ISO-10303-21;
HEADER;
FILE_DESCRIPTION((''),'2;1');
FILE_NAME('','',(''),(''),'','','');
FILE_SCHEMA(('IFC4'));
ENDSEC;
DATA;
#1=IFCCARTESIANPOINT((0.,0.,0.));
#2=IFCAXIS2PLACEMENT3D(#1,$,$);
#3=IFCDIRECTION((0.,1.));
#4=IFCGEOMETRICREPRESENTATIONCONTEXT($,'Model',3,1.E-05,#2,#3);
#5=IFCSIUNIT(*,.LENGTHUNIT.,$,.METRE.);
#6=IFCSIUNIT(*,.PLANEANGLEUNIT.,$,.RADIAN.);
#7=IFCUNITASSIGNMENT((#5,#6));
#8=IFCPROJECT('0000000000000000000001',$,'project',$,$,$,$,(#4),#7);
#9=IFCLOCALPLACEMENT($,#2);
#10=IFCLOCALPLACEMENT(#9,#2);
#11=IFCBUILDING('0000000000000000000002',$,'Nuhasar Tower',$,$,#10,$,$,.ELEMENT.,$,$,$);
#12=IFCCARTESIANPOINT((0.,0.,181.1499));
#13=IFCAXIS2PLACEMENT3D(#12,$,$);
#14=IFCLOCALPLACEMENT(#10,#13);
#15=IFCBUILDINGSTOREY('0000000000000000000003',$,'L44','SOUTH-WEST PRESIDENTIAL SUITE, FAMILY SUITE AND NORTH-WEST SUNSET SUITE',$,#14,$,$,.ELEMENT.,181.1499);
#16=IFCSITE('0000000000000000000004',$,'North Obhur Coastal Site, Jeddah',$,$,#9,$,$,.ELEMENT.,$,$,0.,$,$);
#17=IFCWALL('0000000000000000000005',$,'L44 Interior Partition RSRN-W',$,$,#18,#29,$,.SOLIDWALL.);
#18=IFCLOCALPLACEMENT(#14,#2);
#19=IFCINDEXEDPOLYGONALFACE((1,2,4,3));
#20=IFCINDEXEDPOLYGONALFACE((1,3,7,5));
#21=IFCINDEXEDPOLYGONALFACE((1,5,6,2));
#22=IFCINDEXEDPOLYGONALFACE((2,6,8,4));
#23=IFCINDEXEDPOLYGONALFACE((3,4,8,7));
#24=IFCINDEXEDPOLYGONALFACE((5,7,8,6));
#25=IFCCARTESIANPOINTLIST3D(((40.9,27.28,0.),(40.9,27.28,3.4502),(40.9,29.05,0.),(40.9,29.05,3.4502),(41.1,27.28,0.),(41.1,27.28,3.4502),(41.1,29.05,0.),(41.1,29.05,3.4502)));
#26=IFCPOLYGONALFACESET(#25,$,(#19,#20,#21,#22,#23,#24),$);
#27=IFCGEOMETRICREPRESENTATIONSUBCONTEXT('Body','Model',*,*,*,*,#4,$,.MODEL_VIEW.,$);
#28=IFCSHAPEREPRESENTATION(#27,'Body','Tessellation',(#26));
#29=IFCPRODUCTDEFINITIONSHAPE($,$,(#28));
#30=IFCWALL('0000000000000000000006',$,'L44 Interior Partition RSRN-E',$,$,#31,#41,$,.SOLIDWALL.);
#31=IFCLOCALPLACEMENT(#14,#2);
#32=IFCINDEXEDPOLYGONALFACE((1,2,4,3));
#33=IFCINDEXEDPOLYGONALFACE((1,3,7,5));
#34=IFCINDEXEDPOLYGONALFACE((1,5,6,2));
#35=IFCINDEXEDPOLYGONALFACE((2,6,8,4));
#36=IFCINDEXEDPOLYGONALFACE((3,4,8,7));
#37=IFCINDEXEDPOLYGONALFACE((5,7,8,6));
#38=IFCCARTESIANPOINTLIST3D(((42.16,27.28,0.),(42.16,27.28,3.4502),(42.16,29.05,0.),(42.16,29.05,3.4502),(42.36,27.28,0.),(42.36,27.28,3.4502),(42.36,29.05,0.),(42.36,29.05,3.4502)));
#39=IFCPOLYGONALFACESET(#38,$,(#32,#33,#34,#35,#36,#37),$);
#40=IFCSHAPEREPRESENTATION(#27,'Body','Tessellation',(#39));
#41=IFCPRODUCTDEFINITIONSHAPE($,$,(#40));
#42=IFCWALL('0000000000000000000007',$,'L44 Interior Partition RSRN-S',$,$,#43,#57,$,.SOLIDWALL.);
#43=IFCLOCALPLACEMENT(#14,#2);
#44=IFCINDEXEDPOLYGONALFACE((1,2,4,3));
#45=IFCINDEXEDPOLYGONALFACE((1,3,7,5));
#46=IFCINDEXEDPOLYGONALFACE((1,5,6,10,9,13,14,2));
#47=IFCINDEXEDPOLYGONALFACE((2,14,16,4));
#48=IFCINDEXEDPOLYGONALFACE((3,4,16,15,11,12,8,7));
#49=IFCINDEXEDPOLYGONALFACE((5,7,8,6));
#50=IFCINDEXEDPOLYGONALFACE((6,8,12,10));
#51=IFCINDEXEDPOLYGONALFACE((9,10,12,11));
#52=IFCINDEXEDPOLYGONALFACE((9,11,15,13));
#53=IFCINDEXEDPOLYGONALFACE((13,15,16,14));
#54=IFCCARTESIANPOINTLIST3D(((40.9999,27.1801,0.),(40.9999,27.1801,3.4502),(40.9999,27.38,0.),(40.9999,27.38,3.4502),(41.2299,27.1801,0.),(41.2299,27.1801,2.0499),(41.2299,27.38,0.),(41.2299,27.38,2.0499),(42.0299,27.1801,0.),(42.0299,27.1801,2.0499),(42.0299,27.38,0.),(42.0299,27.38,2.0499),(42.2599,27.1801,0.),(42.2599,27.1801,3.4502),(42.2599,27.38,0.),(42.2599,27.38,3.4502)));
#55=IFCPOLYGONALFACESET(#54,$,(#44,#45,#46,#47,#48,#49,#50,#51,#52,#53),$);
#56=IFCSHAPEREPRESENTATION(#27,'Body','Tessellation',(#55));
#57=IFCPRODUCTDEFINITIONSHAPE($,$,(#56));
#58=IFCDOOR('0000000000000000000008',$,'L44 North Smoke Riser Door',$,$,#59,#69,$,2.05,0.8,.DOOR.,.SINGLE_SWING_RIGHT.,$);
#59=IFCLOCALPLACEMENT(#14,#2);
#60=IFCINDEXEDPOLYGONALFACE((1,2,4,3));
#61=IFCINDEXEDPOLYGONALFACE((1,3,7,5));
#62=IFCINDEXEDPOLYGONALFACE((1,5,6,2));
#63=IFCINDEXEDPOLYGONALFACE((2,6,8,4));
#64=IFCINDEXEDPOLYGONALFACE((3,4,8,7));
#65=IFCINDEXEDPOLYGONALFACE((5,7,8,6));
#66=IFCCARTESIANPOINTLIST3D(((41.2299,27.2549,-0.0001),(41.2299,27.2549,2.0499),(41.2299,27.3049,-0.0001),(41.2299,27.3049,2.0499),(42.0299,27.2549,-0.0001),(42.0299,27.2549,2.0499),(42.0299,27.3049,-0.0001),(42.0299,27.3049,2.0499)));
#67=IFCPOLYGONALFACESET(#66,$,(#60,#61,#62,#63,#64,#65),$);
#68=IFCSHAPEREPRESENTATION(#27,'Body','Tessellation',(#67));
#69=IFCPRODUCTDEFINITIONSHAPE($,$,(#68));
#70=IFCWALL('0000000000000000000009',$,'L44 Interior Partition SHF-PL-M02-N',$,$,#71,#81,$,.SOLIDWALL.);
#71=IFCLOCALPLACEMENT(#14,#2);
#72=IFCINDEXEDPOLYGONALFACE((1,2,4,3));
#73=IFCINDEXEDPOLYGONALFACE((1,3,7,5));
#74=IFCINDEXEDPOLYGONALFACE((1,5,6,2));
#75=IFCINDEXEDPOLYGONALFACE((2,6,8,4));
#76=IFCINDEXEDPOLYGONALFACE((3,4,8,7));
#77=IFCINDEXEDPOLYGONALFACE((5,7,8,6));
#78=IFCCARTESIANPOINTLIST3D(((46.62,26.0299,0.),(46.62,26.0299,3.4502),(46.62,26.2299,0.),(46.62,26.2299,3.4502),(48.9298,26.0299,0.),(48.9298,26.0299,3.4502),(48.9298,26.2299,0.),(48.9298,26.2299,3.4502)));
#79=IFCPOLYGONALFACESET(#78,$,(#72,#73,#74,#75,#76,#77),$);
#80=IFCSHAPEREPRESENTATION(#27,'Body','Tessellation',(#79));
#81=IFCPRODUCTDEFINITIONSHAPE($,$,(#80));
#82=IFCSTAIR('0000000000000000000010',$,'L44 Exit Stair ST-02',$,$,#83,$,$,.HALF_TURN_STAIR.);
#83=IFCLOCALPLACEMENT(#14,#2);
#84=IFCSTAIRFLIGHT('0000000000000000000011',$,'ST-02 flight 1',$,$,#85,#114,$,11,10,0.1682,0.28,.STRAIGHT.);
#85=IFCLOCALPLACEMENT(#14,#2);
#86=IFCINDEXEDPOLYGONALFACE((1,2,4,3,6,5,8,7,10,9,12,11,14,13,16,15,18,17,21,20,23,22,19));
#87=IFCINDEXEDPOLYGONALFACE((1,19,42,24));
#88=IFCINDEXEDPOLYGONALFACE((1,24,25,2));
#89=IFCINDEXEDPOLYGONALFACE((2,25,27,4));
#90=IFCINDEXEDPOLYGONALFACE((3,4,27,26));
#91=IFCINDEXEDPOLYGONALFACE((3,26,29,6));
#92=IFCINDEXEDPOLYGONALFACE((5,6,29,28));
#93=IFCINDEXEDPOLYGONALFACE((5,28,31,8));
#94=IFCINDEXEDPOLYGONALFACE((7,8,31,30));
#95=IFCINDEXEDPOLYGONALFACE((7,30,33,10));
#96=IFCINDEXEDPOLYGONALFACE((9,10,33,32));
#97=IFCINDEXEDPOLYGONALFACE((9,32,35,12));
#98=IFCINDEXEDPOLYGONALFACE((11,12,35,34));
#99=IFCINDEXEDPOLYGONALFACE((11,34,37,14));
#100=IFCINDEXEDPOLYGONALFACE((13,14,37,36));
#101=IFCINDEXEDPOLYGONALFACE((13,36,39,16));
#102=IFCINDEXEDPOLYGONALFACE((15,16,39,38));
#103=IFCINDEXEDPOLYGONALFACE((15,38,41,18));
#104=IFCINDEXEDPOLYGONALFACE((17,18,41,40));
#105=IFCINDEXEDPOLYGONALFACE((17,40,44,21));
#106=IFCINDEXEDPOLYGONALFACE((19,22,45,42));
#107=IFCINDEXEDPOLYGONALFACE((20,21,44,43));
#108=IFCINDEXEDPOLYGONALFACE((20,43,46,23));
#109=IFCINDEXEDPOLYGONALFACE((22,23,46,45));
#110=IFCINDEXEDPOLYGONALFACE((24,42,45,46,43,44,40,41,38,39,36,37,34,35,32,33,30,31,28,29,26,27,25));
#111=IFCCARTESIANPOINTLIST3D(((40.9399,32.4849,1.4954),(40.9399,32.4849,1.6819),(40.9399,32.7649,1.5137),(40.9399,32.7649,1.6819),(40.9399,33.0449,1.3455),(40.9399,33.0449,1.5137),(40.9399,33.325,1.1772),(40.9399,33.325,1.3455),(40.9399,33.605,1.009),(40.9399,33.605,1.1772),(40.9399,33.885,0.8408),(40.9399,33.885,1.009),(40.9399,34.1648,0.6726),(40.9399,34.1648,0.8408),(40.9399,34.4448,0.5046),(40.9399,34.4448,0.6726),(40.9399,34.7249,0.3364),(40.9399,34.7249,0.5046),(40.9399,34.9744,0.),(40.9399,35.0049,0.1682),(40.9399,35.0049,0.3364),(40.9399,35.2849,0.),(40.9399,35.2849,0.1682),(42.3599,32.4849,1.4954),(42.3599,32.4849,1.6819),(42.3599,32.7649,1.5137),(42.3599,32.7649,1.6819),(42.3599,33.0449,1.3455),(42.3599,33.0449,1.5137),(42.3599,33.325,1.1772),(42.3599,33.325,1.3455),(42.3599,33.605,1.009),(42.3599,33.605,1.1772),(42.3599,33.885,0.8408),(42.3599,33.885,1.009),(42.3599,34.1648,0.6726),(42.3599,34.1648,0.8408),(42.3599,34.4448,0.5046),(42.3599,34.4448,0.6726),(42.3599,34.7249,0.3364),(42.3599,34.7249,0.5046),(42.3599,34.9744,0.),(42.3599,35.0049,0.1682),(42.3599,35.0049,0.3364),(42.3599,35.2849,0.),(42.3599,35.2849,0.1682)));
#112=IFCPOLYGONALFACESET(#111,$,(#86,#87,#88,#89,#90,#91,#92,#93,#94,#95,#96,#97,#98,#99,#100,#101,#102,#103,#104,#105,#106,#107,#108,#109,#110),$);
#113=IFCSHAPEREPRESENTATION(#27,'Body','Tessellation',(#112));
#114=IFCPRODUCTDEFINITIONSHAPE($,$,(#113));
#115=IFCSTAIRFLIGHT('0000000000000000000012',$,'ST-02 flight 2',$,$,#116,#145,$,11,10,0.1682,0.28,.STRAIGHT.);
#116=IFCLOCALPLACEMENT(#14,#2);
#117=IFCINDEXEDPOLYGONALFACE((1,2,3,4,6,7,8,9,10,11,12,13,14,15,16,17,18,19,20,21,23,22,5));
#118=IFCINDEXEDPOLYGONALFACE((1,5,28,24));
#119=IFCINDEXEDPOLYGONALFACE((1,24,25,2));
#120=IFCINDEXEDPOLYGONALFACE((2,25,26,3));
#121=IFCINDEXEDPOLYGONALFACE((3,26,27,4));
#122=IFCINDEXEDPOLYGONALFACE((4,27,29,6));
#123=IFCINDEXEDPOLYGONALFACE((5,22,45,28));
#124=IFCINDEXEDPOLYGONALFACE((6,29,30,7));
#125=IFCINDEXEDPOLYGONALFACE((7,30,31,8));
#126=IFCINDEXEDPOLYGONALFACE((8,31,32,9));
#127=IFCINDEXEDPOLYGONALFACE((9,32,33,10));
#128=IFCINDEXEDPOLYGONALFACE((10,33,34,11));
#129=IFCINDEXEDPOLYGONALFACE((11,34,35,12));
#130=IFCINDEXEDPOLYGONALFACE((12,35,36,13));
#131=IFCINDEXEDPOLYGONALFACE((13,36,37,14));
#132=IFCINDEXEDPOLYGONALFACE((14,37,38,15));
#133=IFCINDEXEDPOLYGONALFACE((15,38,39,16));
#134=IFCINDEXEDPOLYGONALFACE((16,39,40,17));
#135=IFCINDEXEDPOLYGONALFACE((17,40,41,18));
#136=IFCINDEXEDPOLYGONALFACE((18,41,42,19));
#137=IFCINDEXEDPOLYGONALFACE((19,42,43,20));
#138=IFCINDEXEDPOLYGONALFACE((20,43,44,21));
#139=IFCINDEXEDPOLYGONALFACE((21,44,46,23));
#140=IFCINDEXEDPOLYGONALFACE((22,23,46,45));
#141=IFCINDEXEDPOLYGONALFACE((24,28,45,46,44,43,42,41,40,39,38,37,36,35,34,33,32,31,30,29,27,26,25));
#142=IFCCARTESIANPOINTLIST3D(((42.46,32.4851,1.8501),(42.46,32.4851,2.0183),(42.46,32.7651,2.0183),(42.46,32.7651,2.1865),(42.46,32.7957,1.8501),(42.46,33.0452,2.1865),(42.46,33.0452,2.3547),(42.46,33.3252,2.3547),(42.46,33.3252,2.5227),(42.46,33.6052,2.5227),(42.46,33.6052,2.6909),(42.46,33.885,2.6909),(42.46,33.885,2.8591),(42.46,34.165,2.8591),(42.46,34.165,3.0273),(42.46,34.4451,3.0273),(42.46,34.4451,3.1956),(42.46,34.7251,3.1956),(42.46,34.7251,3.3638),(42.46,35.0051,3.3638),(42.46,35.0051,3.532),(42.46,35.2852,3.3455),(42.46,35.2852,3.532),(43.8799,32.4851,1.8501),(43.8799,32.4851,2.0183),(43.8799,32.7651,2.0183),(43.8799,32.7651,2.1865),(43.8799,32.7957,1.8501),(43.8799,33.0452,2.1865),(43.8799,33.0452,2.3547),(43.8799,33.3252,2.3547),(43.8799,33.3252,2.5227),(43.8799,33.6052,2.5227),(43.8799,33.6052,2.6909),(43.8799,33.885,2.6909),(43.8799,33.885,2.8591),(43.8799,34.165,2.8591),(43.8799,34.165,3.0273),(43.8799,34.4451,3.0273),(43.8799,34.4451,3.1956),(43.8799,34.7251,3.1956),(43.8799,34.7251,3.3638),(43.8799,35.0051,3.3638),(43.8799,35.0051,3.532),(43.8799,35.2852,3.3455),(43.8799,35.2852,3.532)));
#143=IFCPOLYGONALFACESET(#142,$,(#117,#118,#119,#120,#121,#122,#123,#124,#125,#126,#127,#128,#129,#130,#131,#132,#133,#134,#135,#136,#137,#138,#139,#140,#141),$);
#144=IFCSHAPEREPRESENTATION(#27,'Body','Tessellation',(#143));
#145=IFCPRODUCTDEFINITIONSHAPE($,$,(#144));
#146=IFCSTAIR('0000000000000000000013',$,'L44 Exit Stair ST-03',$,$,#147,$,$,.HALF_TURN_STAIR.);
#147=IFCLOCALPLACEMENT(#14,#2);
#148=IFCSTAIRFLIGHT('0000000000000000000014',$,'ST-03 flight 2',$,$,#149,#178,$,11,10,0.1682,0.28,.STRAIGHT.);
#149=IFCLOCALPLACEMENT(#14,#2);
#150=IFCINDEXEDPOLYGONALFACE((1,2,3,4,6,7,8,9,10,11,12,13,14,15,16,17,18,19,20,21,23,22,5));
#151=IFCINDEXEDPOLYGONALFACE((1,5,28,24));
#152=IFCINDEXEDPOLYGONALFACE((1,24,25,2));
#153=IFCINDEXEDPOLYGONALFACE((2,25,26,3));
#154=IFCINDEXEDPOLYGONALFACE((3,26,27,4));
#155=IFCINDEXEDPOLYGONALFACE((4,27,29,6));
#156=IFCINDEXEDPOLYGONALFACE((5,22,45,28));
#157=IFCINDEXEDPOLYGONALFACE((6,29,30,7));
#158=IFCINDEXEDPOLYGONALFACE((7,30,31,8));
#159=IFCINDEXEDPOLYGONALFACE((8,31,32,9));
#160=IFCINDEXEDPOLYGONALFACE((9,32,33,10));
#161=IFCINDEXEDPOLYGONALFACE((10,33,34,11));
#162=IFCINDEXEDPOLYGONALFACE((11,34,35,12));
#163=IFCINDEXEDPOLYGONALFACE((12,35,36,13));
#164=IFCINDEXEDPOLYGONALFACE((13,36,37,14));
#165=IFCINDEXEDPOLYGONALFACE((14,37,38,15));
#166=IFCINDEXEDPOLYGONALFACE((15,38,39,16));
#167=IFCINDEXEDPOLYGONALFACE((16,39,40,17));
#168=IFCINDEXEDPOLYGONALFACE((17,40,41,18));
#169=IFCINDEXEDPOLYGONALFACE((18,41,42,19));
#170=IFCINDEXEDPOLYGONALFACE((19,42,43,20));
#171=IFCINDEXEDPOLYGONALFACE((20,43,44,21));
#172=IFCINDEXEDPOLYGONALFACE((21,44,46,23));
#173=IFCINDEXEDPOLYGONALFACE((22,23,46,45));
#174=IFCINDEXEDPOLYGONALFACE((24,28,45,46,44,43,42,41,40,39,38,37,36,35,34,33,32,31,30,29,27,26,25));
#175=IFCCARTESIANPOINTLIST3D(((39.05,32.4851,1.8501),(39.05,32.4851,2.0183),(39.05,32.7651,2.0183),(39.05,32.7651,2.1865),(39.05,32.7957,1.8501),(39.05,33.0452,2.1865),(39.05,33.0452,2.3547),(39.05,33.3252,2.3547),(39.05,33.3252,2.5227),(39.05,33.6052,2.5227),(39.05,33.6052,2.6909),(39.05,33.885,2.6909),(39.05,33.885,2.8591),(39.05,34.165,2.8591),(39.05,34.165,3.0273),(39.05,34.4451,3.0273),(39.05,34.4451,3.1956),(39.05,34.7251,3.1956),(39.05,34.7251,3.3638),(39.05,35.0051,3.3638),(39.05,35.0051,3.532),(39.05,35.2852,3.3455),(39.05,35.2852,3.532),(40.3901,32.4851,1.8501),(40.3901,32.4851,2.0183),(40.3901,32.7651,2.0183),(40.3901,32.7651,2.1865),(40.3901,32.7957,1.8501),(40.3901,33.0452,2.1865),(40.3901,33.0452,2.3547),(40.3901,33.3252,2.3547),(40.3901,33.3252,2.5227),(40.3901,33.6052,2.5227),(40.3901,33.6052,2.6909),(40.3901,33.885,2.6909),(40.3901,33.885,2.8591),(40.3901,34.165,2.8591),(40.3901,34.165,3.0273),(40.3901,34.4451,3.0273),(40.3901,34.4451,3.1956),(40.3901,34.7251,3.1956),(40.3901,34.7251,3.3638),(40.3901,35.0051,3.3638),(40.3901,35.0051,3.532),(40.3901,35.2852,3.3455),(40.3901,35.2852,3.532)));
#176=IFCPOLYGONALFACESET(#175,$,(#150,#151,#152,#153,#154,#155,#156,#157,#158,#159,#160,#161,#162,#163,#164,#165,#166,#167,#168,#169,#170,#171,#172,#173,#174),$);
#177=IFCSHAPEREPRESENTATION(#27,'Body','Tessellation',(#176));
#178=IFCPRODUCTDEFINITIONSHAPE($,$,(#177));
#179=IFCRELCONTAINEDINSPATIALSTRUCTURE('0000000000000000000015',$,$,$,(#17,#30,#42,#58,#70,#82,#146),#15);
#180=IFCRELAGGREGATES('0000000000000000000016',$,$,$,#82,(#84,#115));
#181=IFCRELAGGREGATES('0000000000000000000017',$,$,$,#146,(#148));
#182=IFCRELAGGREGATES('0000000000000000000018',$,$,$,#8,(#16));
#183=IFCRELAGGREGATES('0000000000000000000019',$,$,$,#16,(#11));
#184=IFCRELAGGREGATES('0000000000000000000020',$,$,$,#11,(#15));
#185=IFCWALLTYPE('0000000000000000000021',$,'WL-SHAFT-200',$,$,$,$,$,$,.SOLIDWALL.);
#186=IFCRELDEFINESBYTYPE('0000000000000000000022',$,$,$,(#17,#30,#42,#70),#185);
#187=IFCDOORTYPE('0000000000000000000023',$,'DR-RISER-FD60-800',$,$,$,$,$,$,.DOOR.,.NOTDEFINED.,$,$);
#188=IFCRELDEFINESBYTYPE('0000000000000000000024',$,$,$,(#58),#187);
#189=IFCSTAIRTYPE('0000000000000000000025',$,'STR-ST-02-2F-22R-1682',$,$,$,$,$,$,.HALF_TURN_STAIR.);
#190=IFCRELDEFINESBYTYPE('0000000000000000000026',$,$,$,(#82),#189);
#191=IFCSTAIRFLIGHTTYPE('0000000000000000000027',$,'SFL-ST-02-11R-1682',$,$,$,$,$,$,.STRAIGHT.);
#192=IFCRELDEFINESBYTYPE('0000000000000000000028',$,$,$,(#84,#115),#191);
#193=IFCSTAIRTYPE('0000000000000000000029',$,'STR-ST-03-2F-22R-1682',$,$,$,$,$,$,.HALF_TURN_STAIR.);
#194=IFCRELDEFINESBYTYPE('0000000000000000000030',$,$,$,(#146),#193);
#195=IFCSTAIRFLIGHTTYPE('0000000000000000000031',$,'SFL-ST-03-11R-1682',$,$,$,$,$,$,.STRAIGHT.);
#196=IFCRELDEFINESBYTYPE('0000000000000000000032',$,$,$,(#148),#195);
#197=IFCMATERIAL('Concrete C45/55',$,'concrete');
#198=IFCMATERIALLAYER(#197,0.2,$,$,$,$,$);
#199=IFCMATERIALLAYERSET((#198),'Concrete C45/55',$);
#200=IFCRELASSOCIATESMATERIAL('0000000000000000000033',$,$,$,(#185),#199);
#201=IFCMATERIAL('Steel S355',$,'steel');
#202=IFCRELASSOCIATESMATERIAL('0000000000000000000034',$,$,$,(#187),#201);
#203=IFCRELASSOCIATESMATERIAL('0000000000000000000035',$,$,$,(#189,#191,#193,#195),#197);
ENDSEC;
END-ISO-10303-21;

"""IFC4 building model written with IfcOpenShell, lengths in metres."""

from ifc_helpers import new_model, si_unit, direction, frame, frame_2d, origin, place, context, subcontext, project, spatial, polyline, rectangle, outline, extrude, material, layer, layer_set, type_object, element, fill, aggregate, save


model = new_model("IFC4")

# Units and contexts
model_context = context("Model", 3, precision=1e-05, world=origin(), true_north=direction((0.0, 1.0)))
body_context = subcontext(model_context, "Body", "Model", "MODEL_VIEW")
ifc_project = project(units=[si_unit("LENGTHUNIT", "METRE"), si_unit("PLANEANGLEUNIT", "RADIAN")], contexts=[model_context])

# Site, building, storey
site_placement = place(None, origin())
site = spatial("IfcSite", under=ifc_project, at=site_placement, Name="North Obhur Coastal Site, Jeddah", CompositionType="ELEMENT", RefElevation=0.0)
building_placement = place(site_placement, origin())
building = spatial("IfcBuilding", under=site, at=building_placement, Name="Nuhasar Tower", CompositionType="ELEMENT")
storey_placement = place(building_placement, frame((0.0, 0.0, 181.1499)))
storey = spatial("IfcBuildingStorey", under=building, at=storey_placement, Name="L44", Description="SOUTH-WEST PRESIDENTIAL SUITE, FAMILY SUITE AND NORTH-WEST SUNSET SUITE", CompositionType="ELEMENT", Elevation=181.1499)

# Shared definitions
ifc_material_1 = material(Name="Steel S355", Category="steel")

# Shared definitions
ifc_material_2 = material(Name="Concrete C45/55", Category="concrete")

# Walls
ifc_layer_1 = layer(ifc_material_2, 0.2)
ifc_layer_set_1 = layer_set([ifc_layer_1], Name="Concrete C45/55")
wall_type_1 = type_object("IfcWallType", Name="WL-SHAFT-200", PredefinedType="SOLIDWALL", material=ifc_layer_set_1)
for number, where, z_axis, x_axis, name in (
    (1, (41.0, 27.28, 0.0), (0.0, 0.0, 1.0), (0.0, 1.0, 0.0), "L44 Interior Partition RSRN-W"),
    (2, (42.26, 27.28, 0.0), (0.0, 0.0, 1.0), (0.0, 1.0, 0.0), "L44 Interior Partition RSRN-E"),
):
    element("IfcWall", number, at=place(storey_placement, frame(where, z_axis=z_axis, x_axis=x_axis)), inside=storey, type_object=wall_type_1, Name=name, PredefinedType="SOLIDWALL", context=body_context, shape_type="SweptSolid", body=[
        extrude(rectangle(XDim=1.77, YDim=0.2, at=frame_2d((0.885, 0.0))), origin(), (0.0, 0.0, 1.0), 3.4502),
    ])

# Wall, opening, door
wall_1_placement = place(storey_placement, frame((41.0, 27.28, 0.0), z_axis=(0.0, 0.0, 1.0), x_axis=(1.0, 0.0, 0.0)))
wall_1 = element("IfcWall", 3, at=wall_1_placement, inside=storey, type_object=wall_type_1, Name="L44 Interior Partition RSRN-S", PredefinedType="SOLIDWALL", context=body_context, shape_type="SweptSolid", body=[
    extrude(rectangle(XDim=1.26, YDim=0.2, at=frame_2d((0.6299, 0.0))), origin(), (0.0, 0.0, 1.0), 3.4502),
])
opening_1_placement = place(wall_1_placement, frame((0.23, 0.0, 0.0)))
opening_1 = element("IfcOpeningElement", 4, at=opening_1_placement, cuts=wall_1, PredefinedType="OPENING", context=body_context, shape_type="SweptSolid", body=[
    extrude(rectangle(XDim=0.8, YDim=2.05, at=frame_2d((0.3999, 1.0249))), frame((0.0, 0.1099, 0.0), z_axis=(0.0, -1.0, 0.0), x_axis=(1.0, 0.0, 0.0)), (0.0, 0.0, 1.0), 0.22),
])
door_type_1 = type_object("IfcDoorType", Name="DR-RISER-FD60-800", OperationType="NOTDEFINED", PredefinedType="DOOR", material=ifc_material_1)
door_1_placement = place(opening_1_placement, origin())
door_1 = element("IfcDoor", 5, at=door_1_placement, inside=storey, type_object=door_type_1, Name="L44 North Smoke Riser Door", OperationType="SINGLE_SWING_RIGHT", OverallHeight=2.05, OverallWidth=0.8, PredefinedType="DOOR", context=body_context, shape_type="SweptSolid", body=[
    extrude(rectangle(XDim=0.8, YDim=2.05, at=frame_2d((0.3999, 1.0249))), frame((0.0, 0.0249, 0.0), z_axis=(0.0, -1.0, 0.0), x_axis=(1.0, 0.0, 0.0)), (0.0, 0.0, 1.0), 0.05),
])
fill(opening_1, door_1)

# Wall
wall_2_placement = place(storey_placement, frame((46.6201, 26.1299, 0.0), z_axis=(0.0, 0.0, 1.0), x_axis=(1.0, 0.0, 0.0)))
element("IfcWall", 6, at=wall_2_placement, inside=storey, type_object=wall_type_1, Name="L44 Interior Partition SHF-PL-M02-N", PredefinedType="SOLIDWALL", context=body_context, shape_type="SweptSolid", body=[
    extrude(rectangle(XDim=2.3098, YDim=0.2, at=frame_2d((1.1548, 0.0))), origin(), (0.0, 0.0, 1.0), 3.4502),
])

# Stair, stair flights
stair_type_1 = type_object("IfcStairType", Name="STR-ST-02-2F-22R-1682", PredefinedType="HALF_TURN_STAIR", material=ifc_material_2)
stair_1_placement = place(storey_placement, origin())
stair_1 = element("IfcStair", 7, at=stair_1_placement, inside=storey, type_object=stair_type_1, Name="L44 Exit Stair ST-02", PredefinedType="HALF_TURN_STAIR")
stair_flight_type_1 = type_object("IfcStairFlightType", Name="SFL-ST-02-11R-1682", PredefinedType="STRAIGHT", material=ifc_material_2)
stair_flight_1_placement = place(storey_placement, frame((41.6499, 35.2849, 0.0), z_axis=(0.0, 0.0, 1.0), x_axis=(0.0, -1.0, 0.0)))
stair_flight_1 = element("IfcStairFlight", 8, at=stair_flight_1_placement, type_object=stair_flight_type_1, Name="ST-02 flight 1", NumberOfRisers=11, NumberOfTreads=10, PredefinedType="STRAIGHT", RiserHeight=0.1682, TreadLength=0.28, context=body_context, shape_type="SweptSolid", body=[
    extrude(outline(polyline([(0.0, 0.0), (0.0, 0.1682), (0.28, 0.1682), (0.28, 0.3364), (0.5601, 0.3364), (0.5601, 0.5046), (0.8401, 0.5046), (0.8401, 0.6726), (1.1201, 0.6726), (1.1201, 0.8408), (1.3999, 0.8408), (1.3999, 1.009), (1.6799, 1.009), (1.6799, 1.1772), (1.96, 1.1772), (1.96, 1.3455), (2.24, 1.3455), (2.24, 1.5137), (2.52, 1.5137), (2.52, 1.6819), (2.8, 1.6819), (2.8, 1.8501), (2.8, 1.4954), (0.3105, 0.0), (0.0, 0.0)])), frame((0.0, 0.71, 0.0), z_axis=(0.0, -1.0, 0.0), x_axis=(1.0, 0.0, 0.0)), (0.0, 0.0, 1.0), 1.4199),
])
stair_flight_2_placement = place(storey_placement, frame((43.1699, 32.4851, 1.8501), z_axis=(0.0, 0.0, 1.0), x_axis=(0.0, 1.0, 0.0)))
stair_flight_2 = element("IfcStairFlight", 9, at=stair_flight_2_placement, type_object=stair_flight_type_1, Name="ST-02 flight 2", NumberOfRisers=11, NumberOfTreads=10, PredefinedType="STRAIGHT", RiserHeight=0.1682, TreadLength=0.28, context=body_context, shape_type="SweptSolid", body=[
    extrude(outline(polyline([(0.0, 0.0), (0.0, 0.1682), (0.28, 0.1682), (0.28, 0.3364), (0.5601, 0.3364), (0.5601, 0.5046), (0.8401, 0.5046), (0.8401, 0.6726), (1.1201, 0.6726), (1.1201, 0.8408), (1.3999, 0.8408), (1.3999, 1.009), (1.6799, 1.009), (1.6799, 1.1772), (1.96, 1.1772), (1.96, 1.3455), (2.24, 1.3455), (2.24, 1.5137), (2.52, 1.5137), (2.52, 1.6819), (2.8, 1.6819), (2.8, 1.8501), (2.8, 1.4954), (0.3105, 0.0), (0.0, 0.0)])), frame((0.0, 0.71, 0.0), z_axis=(0.0, -1.0, 0.0), x_axis=(1.0, 0.0, 0.0)), (0.0, 0.0, 1.0), 1.4199),
])
aggregate(stair_1, [stair_flight_1, stair_flight_2])

# Stair, stair flight
stair_type_2 = type_object("IfcStairType", Name="STR-ST-03-2F-22R-1682", PredefinedType="HALF_TURN_STAIR", material=ifc_material_2)
stair_2_placement = place(storey_placement, origin())
stair_2 = element("IfcStair", 10, at=stair_2_placement, inside=storey, type_object=stair_type_2, Name="L44 Exit Stair ST-03", PredefinedType="HALF_TURN_STAIR")
stair_flight_type_2 = type_object("IfcStairFlightType", Name="SFL-ST-03-11R-1682", PredefinedType="STRAIGHT", material=ifc_material_2)
stair_flight_3_placement = place(storey_placement, frame((39.72, 32.4851, 1.8501), z_axis=(0.0, 0.0, 1.0), x_axis=(0.0, 1.0, 0.0)))
stair_flight_3 = element("IfcStairFlight", 11, at=stair_flight_3_placement, type_object=stair_flight_type_2, Name="ST-03 flight 2", NumberOfRisers=11, NumberOfTreads=10, PredefinedType="STRAIGHT", RiserHeight=0.1682, TreadLength=0.28, context=body_context, shape_type="SweptSolid", body=[
    extrude(outline(polyline([(0.0, 0.0), (0.0, 0.1682), (0.28, 0.1682), (0.28, 0.3364), (0.5601, 0.3364), (0.5601, 0.5046), (0.8401, 0.5046), (0.8401, 0.6726), (1.1201, 0.6726), (1.1201, 0.8408), (1.3999, 0.8408), (1.3999, 1.009), (1.6799, 1.009), (1.6799, 1.1772), (1.96, 1.1772), (1.96, 1.3455), (2.24, 1.3455), (2.24, 1.5137), (2.52, 1.5137), (2.52, 1.6819), (2.8, 1.6819), (2.8, 1.8501), (2.8, 1.4954), (0.3105, 0.0), (0.0, 0.0)])), frame((0.0, 0.6699, 0.0), z_axis=(0.0, -1.0, 0.0), x_axis=(1.0, 0.0, 0.0)), (0.0, 0.0, 1.0), 1.3401),
])
aggregate(stair_2, [stair_flight_3])

save(model, "model.ifc")
